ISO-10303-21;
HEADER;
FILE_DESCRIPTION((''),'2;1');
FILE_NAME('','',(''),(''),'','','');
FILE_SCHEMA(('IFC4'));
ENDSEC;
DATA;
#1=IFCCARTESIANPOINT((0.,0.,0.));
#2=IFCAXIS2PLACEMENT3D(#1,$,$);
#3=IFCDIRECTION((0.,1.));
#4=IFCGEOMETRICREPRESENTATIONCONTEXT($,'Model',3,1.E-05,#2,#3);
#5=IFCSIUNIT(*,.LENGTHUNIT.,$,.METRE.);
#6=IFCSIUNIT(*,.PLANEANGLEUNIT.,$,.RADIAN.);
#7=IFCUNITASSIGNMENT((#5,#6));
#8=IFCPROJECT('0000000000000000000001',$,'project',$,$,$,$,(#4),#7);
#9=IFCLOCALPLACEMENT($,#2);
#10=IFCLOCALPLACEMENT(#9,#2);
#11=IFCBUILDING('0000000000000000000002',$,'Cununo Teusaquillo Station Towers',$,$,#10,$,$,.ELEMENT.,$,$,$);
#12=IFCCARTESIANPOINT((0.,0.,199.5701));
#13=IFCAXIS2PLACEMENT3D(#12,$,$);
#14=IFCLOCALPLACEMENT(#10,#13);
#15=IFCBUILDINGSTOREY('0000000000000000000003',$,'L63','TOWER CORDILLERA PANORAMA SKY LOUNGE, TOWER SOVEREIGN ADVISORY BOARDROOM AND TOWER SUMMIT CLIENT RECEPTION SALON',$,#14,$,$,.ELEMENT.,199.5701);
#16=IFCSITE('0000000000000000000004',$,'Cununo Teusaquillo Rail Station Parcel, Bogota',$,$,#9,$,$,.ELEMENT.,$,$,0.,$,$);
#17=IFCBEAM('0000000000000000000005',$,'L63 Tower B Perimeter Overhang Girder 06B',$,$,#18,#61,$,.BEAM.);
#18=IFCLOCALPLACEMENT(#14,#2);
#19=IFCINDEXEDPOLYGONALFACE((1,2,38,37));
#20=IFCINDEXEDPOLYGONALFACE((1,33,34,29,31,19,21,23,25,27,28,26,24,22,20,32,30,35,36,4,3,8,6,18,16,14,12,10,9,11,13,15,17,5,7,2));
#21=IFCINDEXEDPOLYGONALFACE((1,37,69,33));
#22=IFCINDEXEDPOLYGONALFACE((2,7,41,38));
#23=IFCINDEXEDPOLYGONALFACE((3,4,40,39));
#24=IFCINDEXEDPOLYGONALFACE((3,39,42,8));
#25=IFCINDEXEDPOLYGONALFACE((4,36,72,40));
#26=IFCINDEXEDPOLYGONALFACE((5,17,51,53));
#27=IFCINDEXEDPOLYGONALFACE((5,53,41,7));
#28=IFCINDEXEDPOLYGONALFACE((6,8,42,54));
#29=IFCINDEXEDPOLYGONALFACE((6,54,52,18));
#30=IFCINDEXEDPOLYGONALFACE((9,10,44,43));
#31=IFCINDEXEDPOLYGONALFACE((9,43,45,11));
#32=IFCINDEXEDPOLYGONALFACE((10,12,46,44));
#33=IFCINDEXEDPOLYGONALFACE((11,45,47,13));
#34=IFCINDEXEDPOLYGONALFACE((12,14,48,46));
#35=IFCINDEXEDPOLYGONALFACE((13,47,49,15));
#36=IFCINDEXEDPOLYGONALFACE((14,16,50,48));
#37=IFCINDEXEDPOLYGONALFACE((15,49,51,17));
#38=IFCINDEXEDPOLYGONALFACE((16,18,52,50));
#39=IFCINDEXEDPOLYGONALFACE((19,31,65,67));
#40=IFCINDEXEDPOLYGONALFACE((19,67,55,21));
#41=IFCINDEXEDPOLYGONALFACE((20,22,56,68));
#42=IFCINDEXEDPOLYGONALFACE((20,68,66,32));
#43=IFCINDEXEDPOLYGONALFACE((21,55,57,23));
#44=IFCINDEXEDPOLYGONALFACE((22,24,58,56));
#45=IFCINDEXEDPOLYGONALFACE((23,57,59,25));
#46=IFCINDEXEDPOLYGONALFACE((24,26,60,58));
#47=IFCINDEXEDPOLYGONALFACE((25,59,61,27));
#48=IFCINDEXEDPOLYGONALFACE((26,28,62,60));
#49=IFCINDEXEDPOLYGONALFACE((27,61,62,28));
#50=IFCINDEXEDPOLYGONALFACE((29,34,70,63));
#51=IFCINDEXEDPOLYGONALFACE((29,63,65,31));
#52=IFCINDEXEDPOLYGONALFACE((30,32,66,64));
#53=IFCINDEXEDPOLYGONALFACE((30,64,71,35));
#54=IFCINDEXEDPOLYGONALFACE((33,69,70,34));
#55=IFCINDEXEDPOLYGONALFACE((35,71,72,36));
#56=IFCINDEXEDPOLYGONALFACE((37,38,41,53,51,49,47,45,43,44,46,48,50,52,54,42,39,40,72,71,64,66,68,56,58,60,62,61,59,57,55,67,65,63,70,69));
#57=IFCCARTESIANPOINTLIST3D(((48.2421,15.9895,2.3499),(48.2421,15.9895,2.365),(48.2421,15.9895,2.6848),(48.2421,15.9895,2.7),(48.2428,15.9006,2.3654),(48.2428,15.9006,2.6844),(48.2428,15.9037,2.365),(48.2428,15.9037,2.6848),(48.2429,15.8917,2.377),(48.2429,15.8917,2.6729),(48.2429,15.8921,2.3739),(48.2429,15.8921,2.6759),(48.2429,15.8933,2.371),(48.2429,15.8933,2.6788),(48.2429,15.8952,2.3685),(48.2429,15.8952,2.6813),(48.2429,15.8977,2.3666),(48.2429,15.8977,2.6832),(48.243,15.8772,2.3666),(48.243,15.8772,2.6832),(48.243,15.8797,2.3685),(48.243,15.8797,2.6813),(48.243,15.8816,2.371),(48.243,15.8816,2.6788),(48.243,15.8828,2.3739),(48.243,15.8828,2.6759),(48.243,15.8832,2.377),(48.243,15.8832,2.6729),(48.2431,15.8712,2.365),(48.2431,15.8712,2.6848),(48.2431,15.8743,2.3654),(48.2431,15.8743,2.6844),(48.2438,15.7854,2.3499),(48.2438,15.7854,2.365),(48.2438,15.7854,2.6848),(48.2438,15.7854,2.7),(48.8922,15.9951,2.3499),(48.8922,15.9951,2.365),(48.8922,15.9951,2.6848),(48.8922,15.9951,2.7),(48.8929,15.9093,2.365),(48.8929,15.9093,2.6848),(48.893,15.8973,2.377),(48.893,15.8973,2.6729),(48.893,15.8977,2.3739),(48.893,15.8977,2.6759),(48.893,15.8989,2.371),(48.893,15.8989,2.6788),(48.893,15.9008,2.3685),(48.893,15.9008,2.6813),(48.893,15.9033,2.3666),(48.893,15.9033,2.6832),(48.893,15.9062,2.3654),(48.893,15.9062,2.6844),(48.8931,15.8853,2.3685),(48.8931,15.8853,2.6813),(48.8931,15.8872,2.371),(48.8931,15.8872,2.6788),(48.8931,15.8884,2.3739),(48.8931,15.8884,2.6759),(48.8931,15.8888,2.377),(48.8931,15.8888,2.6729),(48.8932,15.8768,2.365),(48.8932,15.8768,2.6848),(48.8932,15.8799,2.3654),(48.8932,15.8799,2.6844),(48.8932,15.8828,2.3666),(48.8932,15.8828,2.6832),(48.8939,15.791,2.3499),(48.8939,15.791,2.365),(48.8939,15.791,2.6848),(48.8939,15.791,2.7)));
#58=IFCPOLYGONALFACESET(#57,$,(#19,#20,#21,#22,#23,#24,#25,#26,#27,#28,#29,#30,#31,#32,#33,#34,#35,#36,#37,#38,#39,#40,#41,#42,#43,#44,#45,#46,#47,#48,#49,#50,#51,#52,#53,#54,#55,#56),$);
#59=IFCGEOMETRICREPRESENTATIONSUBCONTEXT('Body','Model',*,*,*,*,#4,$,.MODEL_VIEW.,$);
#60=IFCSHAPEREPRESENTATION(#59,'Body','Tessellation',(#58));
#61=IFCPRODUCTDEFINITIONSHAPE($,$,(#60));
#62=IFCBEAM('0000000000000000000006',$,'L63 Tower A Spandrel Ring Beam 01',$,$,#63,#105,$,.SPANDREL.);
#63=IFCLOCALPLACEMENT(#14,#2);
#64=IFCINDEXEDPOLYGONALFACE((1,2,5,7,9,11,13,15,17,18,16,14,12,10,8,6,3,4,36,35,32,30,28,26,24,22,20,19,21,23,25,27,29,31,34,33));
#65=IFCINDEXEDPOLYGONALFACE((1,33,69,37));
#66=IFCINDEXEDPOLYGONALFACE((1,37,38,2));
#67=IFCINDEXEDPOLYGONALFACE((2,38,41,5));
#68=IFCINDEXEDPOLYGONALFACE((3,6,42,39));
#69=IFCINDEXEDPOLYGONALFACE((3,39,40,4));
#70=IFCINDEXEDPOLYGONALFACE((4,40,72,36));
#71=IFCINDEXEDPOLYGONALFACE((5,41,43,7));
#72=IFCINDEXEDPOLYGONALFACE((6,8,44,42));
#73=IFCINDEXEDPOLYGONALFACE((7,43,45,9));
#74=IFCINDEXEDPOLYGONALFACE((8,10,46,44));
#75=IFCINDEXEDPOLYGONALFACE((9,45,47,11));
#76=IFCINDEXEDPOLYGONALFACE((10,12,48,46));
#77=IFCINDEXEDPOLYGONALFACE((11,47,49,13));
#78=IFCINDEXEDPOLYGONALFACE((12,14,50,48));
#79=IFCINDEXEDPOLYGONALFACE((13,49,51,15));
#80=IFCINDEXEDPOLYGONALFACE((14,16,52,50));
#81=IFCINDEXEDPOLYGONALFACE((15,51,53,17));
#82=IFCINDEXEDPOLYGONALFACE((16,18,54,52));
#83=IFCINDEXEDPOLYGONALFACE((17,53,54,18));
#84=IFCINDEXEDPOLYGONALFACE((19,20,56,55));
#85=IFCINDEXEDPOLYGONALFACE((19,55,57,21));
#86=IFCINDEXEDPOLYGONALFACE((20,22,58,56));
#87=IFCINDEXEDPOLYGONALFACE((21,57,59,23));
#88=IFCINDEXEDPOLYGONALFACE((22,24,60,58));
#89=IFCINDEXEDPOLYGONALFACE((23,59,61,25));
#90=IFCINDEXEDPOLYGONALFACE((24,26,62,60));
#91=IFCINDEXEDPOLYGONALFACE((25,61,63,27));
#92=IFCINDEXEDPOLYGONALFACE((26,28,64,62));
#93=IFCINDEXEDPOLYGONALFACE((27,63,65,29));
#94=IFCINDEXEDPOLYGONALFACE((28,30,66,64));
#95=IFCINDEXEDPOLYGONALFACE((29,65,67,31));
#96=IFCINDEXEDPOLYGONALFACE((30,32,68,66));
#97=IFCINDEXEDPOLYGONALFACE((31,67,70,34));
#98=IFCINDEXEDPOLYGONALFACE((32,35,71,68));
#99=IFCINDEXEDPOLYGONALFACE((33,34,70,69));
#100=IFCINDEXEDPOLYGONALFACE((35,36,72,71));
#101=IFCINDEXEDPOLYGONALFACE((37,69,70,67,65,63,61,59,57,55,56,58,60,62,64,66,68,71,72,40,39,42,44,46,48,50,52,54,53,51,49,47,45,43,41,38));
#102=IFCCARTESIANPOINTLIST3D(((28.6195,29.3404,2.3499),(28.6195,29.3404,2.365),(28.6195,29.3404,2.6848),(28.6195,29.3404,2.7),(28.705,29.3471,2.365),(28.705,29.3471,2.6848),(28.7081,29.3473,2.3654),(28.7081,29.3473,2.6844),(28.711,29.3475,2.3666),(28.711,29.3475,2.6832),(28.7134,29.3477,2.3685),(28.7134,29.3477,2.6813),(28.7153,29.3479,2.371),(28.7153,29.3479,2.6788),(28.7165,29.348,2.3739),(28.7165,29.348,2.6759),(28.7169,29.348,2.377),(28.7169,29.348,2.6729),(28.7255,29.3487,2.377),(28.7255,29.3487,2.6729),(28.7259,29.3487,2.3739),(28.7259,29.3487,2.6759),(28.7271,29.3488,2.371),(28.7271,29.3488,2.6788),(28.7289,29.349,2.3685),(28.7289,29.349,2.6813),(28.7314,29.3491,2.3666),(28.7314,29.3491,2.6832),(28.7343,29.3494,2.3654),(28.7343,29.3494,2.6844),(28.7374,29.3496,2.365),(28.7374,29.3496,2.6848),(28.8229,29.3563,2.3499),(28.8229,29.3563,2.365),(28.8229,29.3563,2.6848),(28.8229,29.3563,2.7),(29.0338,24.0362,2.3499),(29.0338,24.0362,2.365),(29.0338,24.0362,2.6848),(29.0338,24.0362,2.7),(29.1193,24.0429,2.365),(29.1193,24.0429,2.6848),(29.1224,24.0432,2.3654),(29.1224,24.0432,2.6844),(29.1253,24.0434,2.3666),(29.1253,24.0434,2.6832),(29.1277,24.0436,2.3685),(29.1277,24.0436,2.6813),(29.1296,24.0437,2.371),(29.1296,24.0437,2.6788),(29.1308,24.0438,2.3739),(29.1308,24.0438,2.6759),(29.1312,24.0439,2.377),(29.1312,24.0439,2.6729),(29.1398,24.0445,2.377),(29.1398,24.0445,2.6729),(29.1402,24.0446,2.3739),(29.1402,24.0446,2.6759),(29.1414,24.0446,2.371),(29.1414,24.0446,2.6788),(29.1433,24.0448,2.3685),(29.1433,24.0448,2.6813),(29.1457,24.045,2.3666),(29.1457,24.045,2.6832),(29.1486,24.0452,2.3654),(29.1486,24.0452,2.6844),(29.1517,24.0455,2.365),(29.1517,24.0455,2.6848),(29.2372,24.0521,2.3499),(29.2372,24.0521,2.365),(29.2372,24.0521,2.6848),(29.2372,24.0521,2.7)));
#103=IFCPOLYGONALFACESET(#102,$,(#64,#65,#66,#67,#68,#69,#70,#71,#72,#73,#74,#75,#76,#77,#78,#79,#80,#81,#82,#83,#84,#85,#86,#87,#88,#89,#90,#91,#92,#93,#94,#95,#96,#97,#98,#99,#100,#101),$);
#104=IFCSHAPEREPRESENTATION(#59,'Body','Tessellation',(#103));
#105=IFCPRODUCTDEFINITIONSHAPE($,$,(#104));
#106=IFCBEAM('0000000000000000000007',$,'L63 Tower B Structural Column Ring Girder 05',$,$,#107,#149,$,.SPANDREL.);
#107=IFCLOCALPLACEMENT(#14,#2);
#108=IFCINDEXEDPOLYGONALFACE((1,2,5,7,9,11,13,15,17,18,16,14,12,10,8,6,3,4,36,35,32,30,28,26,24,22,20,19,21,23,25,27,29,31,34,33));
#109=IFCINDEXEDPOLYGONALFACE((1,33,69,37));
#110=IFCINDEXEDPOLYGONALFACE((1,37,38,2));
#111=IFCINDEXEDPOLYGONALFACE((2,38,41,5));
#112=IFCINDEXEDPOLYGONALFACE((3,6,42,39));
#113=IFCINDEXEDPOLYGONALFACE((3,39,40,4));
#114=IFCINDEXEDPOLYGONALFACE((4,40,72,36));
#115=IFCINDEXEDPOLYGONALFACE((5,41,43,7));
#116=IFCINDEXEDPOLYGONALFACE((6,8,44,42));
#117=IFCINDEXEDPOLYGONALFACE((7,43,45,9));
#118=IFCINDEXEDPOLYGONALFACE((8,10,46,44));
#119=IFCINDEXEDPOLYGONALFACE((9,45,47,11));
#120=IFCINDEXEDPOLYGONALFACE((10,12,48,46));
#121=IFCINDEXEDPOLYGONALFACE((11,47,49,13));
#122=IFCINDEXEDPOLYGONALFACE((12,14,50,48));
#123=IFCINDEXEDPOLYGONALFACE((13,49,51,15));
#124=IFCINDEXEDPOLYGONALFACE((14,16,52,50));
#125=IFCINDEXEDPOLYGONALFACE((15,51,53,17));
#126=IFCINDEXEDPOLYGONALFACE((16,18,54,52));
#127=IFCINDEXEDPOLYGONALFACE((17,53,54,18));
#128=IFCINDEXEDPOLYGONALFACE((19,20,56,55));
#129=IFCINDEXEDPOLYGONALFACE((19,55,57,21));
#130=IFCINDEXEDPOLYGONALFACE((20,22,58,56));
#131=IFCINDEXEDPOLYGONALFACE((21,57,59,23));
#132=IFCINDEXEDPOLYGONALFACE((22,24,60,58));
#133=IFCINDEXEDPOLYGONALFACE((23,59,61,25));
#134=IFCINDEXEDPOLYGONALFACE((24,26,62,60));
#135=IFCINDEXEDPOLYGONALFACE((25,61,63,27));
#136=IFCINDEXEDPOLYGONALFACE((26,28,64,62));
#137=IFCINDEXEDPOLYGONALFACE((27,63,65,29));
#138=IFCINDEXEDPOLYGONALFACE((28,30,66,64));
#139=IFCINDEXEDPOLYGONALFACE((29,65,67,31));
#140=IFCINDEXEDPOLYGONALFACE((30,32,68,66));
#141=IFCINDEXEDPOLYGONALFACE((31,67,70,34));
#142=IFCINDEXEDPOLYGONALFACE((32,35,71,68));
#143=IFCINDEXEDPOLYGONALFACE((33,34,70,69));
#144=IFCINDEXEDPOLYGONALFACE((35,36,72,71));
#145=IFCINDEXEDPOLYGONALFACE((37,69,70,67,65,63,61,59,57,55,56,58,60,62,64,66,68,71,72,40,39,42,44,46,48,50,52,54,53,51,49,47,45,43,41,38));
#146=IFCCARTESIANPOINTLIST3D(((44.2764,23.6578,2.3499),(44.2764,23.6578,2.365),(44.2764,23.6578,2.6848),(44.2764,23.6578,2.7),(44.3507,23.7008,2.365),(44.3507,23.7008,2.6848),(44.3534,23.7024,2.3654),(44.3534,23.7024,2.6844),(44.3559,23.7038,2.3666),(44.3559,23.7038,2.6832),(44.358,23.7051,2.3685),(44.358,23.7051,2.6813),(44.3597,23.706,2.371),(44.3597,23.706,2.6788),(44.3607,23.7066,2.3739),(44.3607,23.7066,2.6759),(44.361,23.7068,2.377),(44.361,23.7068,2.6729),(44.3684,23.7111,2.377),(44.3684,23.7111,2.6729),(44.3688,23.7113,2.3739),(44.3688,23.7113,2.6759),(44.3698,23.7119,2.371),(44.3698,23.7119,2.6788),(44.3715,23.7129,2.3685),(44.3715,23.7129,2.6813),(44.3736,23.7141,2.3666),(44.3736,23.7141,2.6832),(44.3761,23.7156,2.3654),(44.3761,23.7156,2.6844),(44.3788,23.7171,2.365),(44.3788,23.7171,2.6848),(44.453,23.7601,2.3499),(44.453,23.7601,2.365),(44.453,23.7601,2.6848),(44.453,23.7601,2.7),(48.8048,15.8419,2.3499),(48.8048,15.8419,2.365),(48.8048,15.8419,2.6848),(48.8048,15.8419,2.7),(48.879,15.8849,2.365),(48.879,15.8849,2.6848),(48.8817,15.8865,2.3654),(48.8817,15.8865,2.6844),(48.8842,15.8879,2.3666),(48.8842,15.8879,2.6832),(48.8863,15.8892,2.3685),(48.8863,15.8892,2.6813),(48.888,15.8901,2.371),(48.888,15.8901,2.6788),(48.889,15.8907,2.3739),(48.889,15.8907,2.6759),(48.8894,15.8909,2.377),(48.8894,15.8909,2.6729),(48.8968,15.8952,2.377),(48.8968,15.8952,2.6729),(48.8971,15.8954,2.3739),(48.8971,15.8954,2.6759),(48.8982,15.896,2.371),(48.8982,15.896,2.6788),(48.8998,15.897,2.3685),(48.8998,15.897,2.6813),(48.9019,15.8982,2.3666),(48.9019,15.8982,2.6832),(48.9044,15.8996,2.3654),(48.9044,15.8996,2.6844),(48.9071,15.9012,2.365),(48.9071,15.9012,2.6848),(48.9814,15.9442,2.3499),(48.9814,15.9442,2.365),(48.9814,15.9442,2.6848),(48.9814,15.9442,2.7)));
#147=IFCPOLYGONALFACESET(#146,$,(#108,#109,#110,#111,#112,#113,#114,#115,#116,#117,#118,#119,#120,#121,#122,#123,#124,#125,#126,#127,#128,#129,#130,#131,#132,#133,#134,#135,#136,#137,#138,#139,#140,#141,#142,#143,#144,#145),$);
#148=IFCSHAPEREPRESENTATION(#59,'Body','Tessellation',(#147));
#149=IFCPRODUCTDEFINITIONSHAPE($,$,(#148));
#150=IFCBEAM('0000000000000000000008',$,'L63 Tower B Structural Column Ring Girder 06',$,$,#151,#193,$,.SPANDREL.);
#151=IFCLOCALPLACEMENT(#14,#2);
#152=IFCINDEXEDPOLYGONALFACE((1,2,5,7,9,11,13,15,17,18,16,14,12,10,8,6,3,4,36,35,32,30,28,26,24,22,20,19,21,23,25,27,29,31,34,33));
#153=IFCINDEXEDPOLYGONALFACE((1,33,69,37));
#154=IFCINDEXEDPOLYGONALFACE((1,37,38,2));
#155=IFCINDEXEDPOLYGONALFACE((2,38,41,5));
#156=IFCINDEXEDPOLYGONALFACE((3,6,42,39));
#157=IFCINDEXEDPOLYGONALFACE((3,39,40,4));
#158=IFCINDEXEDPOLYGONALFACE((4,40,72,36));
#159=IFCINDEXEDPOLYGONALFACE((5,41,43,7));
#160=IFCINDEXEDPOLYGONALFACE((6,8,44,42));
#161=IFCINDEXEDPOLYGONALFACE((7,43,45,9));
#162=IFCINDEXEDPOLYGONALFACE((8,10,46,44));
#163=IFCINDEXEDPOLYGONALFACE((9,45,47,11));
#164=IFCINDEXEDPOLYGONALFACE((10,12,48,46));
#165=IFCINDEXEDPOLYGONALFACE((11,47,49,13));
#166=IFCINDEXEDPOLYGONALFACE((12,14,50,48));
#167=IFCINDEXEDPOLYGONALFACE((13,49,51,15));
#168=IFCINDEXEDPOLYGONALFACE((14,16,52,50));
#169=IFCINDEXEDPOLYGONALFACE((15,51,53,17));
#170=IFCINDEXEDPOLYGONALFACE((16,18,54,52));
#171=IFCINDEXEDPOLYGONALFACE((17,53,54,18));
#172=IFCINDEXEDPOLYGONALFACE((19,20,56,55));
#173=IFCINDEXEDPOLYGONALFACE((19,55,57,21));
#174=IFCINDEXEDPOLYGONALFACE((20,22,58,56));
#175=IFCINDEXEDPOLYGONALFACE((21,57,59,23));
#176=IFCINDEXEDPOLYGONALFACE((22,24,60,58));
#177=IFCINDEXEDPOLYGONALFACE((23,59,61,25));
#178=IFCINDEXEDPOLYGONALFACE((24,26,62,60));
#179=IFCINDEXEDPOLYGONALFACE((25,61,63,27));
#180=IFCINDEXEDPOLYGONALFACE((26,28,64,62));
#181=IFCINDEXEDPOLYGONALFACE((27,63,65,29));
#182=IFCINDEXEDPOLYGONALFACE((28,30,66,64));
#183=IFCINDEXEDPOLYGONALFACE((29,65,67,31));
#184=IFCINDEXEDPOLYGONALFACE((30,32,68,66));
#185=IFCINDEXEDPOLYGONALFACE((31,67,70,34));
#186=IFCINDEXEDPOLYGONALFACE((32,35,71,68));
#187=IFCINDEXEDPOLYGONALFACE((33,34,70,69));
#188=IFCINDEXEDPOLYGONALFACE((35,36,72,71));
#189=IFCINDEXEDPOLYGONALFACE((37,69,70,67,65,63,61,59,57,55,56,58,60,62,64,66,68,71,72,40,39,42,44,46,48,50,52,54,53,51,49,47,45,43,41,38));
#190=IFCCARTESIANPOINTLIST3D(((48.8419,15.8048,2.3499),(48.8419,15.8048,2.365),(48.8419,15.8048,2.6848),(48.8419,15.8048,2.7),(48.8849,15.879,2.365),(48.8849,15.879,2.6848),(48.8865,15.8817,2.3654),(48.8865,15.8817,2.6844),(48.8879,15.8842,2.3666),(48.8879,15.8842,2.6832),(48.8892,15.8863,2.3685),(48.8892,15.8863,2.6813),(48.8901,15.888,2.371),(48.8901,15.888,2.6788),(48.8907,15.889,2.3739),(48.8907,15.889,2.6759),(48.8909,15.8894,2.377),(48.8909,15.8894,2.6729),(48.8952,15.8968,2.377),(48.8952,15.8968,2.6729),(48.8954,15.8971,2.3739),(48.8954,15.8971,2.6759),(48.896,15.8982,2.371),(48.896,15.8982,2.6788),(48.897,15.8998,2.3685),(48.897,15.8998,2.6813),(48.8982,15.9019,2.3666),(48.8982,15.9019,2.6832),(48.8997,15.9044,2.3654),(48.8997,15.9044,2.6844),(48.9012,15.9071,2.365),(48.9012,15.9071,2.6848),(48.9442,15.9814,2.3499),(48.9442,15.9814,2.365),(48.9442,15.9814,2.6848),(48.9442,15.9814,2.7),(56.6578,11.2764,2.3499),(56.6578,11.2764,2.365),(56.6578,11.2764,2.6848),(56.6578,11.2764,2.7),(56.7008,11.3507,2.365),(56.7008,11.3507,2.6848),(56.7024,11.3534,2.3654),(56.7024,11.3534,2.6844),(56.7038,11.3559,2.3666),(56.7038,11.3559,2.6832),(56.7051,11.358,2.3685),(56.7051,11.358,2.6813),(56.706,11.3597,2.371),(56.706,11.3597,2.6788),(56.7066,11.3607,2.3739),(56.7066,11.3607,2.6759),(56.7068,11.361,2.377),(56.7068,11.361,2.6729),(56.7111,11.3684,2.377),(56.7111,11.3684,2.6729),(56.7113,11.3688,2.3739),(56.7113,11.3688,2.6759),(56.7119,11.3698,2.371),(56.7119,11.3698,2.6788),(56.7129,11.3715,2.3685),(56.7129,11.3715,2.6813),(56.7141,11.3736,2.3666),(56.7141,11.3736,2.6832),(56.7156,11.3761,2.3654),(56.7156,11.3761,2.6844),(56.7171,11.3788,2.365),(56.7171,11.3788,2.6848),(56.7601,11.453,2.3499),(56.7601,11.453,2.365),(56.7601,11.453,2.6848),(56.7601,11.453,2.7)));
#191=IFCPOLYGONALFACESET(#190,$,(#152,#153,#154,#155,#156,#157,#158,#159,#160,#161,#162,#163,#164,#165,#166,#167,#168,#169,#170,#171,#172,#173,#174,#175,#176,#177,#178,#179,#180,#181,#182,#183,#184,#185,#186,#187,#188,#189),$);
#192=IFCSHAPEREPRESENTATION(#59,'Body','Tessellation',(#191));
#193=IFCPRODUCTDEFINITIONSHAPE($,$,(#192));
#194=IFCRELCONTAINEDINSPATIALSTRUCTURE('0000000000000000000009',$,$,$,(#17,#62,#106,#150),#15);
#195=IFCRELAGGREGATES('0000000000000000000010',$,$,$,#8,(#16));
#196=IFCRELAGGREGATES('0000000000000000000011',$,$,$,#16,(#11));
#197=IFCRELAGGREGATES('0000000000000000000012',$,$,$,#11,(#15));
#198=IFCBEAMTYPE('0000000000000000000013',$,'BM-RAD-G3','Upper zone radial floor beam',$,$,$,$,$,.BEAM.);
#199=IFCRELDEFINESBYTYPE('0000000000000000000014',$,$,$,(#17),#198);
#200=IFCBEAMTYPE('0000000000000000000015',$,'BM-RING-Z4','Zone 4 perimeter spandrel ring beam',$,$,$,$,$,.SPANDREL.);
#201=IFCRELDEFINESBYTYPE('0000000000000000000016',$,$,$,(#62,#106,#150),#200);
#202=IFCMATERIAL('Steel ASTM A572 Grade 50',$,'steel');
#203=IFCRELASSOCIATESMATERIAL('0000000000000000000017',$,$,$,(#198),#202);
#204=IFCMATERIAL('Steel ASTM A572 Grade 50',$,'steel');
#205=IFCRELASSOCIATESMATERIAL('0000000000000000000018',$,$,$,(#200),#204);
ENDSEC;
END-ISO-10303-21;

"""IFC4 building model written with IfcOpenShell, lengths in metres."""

from ifc_helpers import new_model, si_unit, direction, frame, origin, origin_2d, place, context, subcontext, project, spatial, i_section, extrude, material, material_profile, profile_set, type_object, element, save


model = new_model("IFC4")

# Units and contexts
model_context = context("Model", 3, precision=1e-05, world=origin(), true_north=direction((0.0, 1.0)))
body_context = subcontext(model_context, "Body", "Model", "MODEL_VIEW")
ifc_project = project(units=[si_unit("LENGTHUNIT", "METRE"), si_unit("PLANEANGLEUNIT", "RADIAN")], contexts=[model_context])

# Site, building, storey
site_placement = place(None, origin())
site = spatial("IfcSite", under=ifc_project, at=site_placement, Name="Cununo Teusaquillo Rail Station Parcel, Bogota", CompositionType="ELEMENT", RefElevation=0.0)
building_placement = place(site_placement, origin())
building = spatial("IfcBuilding", under=site, at=building_placement, Name="Cununo Teusaquillo Station Towers", CompositionType="ELEMENT")
storey_placement = place(building_placement, frame((0.0, 0.0, 199.5701)))
storey = spatial("IfcBuildingStorey", under=building, at=storey_placement, Name="L63", Description="TOWER CORDILLERA PANORAMA SKY LOUNGE, TOWER SOVEREIGN ADVISORY BOARDROOM AND TOWER SUMMIT CLIENT RECEPTION SALON", CompositionType="ELEMENT", Elevation=199.5701)

# Beams
ifc_material_1 = material(Name="Steel ASTM A572 Grade 50", Category="steel")
ifc_material_profile_1 = material_profile(ifc_material_1, i_section(OverallWidth=0.2041, OverallDepth=0.3501, WebThickness=0.0085, FlangeThickness=0.0151, FilletRadius=0.012, at=origin_2d()), Name="W14X48")
ifc_profile_set_1 = profile_set([ifc_material_profile_1], Name="Steel ASTM A572 Grade 50")
beam_type_1 = type_object("IfcBeamType", Name="BM-RAD-G3", Description="Upper zone radial floor beam", PredefinedType="BEAM", material=ifc_profile_set_1)
beam_1_placement = place(storey_placement, frame((48.8931, 15.8931, 2.5249), z_axis=(-0.999963, -0.008637, 0.0), x_axis=(0.008637, -0.999963, 0.0)))
element("IfcBeam", 1, at=beam_1_placement, inside=storey, type_object=beam_type_1, Name="L63 Tower B Perimeter Overhang Girder 06B", PredefinedType="BEAM", context=body_context, shape_type="SweptSolid", body=[
    extrude(i_section(OverallWidth=0.2041, OverallDepth=0.3501, WebThickness=0.0085, FlangeThickness=0.0151, FilletRadius=0.012, at=origin_2d()), origin(), (0.0, 0.0, 1.0), 0.6501),
])
ifc_material_2 = material(Name="Steel ASTM A572 Grade 50", Category="steel")
ifc_material_profile_2 = material_profile(ifc_material_2, i_section(OverallWidth=0.2041, OverallDepth=0.3501, WebThickness=0.0085, FlangeThickness=0.0151, FilletRadius=0.012, at=origin_2d()), Name="W14X48")
ifc_profile_set_2 = profile_set([ifc_material_profile_2], Name="Steel ASTM A572 Grade 50")
beam_type_2 = type_object("IfcBeamType", Name="BM-RING-Z4", Description="Zone 4 perimeter spandrel ring beam", PredefinedType="SPANDREL", material=ifc_profile_set_2)
beam_2_placement = place(storey_placement, frame((29.1355, 24.0442, 2.5249), z_axis=(-0.077872, 0.996963, 0.0), x_axis=(-0.996963, -0.077872, 0.0)))
element("IfcBeam", 2, at=beam_2_placement, inside=storey, type_object=beam_type_2, Name="L63 Tower A Spandrel Ring Beam 01", PredefinedType="SPANDREL", context=body_context, shape_type="SweptSolid", body=[
    extrude(i_section(OverallWidth=0.2041, OverallDepth=0.3501, WebThickness=0.0085, FlangeThickness=0.0151, FilletRadius=0.012, at=origin_2d()), origin(), (0.0, 0.0, 1.0), 5.3203),
])
for number, where, z_axis, x_axis, name in (
    (3, (44.3647, 23.709, 2.5249), (0.501311, -0.865267, 0.0), (0.865267, 0.501311, 0.0), "L63 Tower B Structural Column Ring Girder 05"),
    (4, (48.8931, 15.8931, 2.5249), (0.865267, -0.501311, 0.0), (0.501311, 0.865267, 0.0), "L63 Tower B Structural Column Ring Girder 06"),
):
    element("IfcBeam", number, at=place(storey_placement, frame(where, z_axis=z_axis, x_axis=x_axis)), inside=storey, type_object=beam_type_2, Name=name, PredefinedType="SPANDREL", context=body_context, shape_type="SweptSolid", body=[
        extrude(i_section(OverallWidth=0.2041, OverallDepth=0.3501, WebThickness=0.0085, FlangeThickness=0.0151, FilletRadius=0.012, at=origin_2d()), origin(), (0.0, 0.0, 1.0), 9.033),
    ])

save(model, "model.ifc")
